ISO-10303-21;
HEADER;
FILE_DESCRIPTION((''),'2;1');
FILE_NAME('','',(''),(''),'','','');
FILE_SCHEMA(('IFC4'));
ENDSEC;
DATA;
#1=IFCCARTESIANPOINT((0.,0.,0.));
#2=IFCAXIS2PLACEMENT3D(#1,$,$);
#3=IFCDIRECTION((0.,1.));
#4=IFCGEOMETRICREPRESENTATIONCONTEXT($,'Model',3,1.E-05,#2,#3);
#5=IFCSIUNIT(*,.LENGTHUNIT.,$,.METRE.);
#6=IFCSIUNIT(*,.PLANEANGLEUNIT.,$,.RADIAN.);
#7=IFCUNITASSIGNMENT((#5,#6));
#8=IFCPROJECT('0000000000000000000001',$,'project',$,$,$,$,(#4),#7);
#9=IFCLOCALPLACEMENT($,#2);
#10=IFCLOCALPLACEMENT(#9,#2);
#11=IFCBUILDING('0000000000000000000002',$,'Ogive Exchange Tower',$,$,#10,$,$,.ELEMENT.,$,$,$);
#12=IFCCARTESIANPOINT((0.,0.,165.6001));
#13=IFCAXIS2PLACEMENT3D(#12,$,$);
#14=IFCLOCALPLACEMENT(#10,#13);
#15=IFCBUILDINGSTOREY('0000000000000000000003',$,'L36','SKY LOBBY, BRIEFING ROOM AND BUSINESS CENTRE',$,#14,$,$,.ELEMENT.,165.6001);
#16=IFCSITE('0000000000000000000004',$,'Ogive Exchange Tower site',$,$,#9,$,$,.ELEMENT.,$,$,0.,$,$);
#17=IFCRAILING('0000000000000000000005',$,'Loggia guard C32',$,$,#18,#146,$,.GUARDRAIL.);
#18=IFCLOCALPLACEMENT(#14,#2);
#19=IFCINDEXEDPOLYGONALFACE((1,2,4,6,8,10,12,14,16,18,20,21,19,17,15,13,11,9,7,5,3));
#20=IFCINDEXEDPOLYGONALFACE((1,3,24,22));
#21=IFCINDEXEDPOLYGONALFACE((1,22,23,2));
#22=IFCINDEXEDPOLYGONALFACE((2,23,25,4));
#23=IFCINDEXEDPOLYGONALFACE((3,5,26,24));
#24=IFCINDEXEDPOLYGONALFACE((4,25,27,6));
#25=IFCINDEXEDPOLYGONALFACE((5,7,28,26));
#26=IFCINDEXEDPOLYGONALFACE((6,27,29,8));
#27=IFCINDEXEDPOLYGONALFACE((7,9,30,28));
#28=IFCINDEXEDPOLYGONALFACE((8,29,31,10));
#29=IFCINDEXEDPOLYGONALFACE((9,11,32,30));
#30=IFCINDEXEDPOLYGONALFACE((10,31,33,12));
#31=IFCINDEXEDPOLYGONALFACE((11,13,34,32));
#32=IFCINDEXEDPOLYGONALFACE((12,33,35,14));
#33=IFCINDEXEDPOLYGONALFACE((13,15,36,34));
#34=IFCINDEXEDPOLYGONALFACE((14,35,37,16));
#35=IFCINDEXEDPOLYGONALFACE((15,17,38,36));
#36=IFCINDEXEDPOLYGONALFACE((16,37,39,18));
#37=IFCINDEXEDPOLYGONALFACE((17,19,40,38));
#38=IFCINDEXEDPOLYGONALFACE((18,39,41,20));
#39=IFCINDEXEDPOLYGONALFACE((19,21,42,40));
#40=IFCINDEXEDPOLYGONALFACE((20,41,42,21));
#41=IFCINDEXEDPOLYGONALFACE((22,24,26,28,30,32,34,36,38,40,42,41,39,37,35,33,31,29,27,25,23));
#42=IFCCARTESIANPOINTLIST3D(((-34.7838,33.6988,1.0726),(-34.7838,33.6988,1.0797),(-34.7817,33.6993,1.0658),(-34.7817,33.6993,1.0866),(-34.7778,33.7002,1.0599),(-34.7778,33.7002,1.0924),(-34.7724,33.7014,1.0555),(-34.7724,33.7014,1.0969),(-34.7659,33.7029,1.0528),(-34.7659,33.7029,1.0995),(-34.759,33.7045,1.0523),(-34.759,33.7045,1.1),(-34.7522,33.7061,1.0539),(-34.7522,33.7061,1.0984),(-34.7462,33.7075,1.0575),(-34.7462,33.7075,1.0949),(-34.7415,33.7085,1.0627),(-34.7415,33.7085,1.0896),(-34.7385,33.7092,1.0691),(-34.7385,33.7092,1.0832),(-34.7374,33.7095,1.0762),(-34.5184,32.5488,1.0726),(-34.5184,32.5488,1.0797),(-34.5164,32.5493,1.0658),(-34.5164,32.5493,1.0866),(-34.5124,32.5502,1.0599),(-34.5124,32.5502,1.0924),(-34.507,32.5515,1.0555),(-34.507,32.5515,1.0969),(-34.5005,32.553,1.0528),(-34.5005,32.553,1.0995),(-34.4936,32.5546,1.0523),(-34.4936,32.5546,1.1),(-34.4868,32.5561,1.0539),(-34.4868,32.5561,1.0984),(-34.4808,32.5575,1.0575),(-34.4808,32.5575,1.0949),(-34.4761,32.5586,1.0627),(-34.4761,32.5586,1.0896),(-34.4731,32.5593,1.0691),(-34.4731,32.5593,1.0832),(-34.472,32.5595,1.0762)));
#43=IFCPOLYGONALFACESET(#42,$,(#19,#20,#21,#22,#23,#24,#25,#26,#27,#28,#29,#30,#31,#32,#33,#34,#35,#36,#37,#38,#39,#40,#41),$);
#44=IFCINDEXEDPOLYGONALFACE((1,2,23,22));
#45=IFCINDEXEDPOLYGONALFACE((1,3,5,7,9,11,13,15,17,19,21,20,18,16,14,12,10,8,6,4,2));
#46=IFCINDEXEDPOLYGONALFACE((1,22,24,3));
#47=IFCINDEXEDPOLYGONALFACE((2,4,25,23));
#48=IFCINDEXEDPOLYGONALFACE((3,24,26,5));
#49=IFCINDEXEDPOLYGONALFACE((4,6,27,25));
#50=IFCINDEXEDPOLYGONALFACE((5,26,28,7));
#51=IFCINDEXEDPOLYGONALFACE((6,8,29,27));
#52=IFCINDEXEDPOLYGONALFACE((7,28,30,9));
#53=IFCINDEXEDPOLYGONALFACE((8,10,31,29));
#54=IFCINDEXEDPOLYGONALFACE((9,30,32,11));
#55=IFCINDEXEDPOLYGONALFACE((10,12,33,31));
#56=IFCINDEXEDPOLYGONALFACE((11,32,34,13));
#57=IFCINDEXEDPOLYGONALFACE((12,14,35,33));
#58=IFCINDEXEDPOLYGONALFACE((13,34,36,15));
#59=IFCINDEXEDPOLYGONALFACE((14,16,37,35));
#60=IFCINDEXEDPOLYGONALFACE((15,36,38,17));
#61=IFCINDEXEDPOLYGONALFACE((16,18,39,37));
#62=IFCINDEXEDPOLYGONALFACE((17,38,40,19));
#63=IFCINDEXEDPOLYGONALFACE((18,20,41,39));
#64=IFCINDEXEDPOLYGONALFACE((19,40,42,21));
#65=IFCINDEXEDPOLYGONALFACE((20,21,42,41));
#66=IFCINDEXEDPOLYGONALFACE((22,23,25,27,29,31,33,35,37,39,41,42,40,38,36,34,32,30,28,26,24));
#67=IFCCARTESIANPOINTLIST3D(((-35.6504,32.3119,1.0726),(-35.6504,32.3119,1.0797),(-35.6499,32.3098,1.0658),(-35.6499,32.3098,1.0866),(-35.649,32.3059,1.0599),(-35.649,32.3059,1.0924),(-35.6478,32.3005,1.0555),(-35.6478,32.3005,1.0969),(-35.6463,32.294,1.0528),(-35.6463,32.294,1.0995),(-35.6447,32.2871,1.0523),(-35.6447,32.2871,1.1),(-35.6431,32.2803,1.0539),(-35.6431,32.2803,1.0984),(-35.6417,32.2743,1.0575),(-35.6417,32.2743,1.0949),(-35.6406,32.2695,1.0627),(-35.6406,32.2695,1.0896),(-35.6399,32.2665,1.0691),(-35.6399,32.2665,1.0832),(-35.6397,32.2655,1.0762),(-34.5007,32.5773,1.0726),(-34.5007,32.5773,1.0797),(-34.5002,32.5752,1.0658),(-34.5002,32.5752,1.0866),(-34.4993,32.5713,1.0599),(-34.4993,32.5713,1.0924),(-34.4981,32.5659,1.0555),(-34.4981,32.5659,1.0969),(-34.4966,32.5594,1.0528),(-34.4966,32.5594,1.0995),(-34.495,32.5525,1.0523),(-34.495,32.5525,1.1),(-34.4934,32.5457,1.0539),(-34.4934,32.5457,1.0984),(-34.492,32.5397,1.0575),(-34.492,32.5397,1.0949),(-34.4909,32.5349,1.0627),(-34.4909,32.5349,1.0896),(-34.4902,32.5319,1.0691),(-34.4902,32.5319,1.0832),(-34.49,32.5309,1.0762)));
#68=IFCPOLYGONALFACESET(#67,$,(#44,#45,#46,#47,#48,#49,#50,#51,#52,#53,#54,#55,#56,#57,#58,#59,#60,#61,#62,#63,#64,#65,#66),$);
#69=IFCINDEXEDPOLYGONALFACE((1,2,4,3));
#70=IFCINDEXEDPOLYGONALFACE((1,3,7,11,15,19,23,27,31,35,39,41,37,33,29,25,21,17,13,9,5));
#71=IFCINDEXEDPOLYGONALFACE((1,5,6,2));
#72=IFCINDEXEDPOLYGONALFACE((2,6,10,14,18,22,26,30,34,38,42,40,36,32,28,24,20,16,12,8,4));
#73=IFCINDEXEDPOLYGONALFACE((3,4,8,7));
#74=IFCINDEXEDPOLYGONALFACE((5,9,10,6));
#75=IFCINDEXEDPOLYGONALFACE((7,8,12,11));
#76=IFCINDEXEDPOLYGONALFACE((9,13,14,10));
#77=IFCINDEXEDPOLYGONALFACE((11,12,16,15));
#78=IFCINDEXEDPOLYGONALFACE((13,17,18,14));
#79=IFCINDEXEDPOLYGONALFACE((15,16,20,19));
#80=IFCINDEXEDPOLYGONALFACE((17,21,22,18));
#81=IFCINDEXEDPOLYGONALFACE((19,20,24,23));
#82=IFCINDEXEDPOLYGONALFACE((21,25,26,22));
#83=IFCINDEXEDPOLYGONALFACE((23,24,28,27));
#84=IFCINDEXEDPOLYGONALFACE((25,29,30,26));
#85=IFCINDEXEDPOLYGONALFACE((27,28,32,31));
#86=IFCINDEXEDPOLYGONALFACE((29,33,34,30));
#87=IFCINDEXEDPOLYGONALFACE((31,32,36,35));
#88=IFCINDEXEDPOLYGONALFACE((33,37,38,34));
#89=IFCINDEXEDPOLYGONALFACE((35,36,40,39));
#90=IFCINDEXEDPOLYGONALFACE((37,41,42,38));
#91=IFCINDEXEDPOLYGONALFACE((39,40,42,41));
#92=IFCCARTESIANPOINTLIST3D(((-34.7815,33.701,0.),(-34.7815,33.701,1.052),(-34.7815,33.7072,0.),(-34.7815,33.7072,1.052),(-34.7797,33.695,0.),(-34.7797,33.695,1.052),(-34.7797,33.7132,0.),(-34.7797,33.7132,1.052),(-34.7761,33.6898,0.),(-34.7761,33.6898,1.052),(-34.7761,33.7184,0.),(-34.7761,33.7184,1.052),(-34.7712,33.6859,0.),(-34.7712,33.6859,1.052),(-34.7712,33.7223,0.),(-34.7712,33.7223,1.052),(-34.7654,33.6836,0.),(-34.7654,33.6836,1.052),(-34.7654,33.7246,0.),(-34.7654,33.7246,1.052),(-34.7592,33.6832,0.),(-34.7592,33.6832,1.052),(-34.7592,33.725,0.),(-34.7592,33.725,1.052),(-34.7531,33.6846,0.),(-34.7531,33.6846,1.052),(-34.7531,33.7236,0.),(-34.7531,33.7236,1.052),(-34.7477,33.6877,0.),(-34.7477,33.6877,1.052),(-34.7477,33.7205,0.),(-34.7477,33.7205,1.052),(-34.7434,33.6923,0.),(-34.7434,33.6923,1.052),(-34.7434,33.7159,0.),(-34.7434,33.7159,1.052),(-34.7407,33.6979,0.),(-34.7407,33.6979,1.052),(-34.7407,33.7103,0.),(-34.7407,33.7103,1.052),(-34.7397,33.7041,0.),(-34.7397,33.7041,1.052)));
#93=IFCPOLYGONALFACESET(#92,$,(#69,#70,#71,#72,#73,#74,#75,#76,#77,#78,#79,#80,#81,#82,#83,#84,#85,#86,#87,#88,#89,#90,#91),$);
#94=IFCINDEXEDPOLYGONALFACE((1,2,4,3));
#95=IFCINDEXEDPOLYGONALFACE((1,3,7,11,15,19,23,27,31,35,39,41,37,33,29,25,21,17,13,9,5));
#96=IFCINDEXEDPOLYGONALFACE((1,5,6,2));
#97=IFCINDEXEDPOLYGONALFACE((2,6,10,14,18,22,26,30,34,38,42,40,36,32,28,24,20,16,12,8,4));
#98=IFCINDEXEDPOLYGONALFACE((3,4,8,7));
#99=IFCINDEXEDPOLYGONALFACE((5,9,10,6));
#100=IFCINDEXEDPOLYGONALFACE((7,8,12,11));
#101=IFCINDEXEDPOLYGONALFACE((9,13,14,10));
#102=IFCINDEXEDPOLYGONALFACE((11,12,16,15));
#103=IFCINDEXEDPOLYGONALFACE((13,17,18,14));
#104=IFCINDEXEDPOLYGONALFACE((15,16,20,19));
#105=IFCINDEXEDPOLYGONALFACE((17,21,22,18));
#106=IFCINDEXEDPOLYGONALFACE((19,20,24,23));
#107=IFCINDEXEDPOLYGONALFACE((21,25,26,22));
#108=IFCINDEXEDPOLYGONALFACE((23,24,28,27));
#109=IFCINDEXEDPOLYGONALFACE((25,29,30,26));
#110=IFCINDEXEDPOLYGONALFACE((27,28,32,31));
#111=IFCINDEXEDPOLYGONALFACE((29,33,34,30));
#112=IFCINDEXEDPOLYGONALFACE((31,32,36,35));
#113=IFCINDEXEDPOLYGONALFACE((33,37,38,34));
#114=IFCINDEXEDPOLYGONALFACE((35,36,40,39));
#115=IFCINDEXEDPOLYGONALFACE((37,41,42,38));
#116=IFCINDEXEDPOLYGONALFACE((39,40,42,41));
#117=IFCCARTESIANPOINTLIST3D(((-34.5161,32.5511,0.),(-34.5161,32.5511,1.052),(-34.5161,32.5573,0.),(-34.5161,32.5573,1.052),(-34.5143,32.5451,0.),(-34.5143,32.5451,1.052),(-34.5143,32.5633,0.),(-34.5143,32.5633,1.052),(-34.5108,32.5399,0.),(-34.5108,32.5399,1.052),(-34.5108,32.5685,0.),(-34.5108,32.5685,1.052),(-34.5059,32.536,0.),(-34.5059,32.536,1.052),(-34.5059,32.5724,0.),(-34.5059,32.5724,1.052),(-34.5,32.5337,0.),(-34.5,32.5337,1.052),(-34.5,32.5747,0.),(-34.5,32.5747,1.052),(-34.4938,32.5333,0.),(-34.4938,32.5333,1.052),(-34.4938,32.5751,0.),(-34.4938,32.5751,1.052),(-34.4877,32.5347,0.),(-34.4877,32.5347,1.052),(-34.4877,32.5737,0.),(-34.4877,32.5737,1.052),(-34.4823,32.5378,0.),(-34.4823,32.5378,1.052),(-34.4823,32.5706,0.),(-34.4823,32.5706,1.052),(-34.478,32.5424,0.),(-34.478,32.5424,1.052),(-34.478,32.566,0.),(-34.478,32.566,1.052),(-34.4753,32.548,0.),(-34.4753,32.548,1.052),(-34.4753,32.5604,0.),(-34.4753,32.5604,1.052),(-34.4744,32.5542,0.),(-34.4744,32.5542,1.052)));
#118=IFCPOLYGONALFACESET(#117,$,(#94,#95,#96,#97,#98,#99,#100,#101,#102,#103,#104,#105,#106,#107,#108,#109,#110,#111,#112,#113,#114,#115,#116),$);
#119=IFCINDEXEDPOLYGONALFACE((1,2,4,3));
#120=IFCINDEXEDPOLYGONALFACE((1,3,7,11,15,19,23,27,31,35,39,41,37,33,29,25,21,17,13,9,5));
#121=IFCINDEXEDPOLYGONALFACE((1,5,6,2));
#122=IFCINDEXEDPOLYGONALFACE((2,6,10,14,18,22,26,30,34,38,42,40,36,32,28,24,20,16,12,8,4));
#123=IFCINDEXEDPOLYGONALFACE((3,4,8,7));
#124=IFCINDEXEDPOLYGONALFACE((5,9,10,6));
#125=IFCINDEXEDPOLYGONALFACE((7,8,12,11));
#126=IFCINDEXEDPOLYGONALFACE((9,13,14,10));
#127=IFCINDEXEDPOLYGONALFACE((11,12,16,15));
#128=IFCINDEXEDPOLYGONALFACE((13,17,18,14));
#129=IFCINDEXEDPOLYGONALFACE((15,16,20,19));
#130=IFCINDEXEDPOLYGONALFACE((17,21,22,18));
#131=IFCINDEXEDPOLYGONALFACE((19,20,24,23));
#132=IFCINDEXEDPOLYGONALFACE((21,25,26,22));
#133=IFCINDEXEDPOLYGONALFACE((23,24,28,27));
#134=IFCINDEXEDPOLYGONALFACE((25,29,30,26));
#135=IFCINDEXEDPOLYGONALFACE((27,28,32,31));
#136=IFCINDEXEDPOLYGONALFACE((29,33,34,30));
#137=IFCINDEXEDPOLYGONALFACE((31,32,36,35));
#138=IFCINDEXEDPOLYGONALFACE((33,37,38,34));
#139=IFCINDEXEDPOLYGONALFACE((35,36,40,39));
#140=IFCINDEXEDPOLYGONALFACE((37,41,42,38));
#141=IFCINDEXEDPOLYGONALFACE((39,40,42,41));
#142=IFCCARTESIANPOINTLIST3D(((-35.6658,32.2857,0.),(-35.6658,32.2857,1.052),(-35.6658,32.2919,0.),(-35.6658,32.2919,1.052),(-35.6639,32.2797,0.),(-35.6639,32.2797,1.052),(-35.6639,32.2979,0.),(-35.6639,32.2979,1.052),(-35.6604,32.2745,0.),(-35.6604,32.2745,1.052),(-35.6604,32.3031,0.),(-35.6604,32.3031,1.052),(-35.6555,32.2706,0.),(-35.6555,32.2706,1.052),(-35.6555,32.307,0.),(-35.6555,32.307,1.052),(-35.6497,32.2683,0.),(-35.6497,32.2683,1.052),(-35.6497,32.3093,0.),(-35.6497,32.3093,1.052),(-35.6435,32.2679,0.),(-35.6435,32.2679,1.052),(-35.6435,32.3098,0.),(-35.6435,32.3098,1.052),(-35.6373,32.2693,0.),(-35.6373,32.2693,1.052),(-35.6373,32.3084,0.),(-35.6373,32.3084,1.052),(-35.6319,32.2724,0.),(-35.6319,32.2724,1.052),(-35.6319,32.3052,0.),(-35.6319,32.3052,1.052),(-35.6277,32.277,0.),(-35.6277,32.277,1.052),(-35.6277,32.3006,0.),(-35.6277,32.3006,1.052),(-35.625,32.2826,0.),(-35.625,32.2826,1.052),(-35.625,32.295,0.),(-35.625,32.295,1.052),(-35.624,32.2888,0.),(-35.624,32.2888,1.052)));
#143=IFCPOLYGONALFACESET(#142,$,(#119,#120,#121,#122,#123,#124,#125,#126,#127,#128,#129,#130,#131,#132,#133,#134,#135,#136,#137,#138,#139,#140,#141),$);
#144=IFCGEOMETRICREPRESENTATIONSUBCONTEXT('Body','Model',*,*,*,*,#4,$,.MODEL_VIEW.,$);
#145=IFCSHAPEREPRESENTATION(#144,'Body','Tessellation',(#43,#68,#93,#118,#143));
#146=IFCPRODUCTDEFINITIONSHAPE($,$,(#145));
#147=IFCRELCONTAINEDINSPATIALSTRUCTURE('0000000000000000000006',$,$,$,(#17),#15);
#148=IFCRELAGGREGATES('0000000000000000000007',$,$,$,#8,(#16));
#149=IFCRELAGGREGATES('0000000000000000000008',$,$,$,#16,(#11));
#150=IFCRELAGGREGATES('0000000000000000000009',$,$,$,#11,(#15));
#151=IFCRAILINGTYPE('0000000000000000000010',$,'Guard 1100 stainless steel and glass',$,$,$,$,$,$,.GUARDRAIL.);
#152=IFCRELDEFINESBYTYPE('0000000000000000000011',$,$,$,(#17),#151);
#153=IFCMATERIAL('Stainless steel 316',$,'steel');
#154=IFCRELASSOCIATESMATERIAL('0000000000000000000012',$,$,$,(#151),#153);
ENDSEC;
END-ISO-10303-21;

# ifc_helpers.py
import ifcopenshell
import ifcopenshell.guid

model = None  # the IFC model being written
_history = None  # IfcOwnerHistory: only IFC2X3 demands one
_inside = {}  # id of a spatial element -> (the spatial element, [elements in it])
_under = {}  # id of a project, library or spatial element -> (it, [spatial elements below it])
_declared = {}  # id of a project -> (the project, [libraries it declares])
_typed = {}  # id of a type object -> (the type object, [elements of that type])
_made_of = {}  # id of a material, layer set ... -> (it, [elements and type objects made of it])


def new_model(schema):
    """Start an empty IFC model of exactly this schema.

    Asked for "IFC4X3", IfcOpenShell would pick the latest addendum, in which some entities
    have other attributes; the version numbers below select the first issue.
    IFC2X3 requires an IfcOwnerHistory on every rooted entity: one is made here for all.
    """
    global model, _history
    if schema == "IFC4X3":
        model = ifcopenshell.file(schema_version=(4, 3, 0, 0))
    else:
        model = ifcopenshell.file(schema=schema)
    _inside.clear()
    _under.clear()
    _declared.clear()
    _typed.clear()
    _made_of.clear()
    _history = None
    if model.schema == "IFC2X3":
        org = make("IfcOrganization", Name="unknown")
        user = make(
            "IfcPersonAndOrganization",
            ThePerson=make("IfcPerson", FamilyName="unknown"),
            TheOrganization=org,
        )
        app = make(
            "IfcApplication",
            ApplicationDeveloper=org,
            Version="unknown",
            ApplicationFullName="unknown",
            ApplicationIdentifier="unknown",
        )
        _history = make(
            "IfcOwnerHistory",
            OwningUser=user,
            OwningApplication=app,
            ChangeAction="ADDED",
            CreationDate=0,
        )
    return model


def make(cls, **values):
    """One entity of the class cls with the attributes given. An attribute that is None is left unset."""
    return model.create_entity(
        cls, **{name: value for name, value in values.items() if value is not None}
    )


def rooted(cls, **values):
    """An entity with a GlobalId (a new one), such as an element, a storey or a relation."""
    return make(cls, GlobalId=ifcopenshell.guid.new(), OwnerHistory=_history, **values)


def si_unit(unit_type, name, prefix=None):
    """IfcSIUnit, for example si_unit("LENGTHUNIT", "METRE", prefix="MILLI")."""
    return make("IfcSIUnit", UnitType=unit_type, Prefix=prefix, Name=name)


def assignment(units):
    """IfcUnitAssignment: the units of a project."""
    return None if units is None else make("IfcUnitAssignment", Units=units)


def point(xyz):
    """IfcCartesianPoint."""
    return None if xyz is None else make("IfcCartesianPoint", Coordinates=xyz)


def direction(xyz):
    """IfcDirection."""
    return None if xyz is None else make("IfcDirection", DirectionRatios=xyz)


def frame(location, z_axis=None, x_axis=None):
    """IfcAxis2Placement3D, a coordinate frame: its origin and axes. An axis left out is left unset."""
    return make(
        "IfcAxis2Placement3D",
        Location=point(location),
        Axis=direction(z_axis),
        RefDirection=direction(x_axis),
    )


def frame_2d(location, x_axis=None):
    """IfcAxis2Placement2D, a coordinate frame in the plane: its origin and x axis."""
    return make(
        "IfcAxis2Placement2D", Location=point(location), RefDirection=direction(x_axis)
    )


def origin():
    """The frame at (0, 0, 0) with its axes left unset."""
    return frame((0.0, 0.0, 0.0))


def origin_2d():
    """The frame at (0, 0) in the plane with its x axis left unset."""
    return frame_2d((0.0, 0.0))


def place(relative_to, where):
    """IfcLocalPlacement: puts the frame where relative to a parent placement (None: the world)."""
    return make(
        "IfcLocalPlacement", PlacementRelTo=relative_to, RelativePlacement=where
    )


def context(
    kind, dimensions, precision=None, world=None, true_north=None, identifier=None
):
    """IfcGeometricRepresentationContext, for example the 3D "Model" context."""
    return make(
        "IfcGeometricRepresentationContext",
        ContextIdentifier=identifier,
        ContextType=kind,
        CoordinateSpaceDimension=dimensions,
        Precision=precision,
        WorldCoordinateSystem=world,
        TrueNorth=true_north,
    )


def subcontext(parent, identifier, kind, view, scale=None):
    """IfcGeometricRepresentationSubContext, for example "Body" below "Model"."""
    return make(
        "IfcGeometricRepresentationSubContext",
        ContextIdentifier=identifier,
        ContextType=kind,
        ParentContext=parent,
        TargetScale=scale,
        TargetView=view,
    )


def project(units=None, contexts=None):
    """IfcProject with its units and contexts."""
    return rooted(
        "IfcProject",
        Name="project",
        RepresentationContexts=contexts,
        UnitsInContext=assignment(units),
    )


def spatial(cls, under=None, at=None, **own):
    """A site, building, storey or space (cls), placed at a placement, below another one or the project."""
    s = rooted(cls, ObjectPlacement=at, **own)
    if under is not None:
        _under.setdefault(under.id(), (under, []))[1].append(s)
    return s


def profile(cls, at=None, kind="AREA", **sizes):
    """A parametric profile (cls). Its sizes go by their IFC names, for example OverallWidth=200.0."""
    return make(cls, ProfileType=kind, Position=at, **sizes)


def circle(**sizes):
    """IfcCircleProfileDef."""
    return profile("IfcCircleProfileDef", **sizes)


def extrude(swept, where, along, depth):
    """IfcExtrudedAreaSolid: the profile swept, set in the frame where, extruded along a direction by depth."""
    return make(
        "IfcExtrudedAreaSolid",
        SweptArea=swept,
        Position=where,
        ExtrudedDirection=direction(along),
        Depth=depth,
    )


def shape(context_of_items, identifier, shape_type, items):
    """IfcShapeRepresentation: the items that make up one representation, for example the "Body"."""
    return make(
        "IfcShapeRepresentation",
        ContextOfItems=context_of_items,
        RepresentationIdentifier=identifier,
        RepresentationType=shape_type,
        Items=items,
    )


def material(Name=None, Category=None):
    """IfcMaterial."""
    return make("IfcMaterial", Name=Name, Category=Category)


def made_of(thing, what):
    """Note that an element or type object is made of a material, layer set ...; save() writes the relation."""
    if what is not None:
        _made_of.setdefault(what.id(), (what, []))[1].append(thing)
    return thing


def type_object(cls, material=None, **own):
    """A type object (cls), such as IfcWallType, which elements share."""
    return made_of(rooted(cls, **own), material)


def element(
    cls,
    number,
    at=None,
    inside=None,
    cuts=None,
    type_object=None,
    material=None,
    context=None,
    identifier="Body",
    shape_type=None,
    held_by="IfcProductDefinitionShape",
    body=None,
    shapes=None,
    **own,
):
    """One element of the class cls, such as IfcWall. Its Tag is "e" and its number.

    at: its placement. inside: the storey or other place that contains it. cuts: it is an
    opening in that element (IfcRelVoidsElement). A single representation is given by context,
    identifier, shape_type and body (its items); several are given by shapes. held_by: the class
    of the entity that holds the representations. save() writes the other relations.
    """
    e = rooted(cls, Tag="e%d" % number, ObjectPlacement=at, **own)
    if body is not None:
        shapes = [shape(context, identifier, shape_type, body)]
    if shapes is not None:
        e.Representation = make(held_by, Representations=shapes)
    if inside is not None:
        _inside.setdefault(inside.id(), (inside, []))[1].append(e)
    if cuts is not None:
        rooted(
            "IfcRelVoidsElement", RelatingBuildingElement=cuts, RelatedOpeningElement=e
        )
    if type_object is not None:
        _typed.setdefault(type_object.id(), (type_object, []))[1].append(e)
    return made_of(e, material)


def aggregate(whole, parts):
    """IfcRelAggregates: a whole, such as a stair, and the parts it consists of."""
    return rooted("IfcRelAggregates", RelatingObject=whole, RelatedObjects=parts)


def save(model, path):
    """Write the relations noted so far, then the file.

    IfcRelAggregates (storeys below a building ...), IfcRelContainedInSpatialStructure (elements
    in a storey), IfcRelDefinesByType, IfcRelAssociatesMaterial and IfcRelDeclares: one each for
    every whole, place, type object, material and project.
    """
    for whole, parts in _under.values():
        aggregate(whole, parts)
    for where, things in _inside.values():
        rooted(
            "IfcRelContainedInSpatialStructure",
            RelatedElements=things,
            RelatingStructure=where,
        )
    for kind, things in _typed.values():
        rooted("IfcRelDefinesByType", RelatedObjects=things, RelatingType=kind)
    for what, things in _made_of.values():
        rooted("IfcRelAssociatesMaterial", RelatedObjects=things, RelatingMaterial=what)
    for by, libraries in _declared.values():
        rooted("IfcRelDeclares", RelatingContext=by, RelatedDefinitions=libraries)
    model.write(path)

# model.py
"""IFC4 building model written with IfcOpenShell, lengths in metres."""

from ifc_helpers import new_model, si_unit, direction, frame, origin, origin_2d, place, context, subcontext, project, spatial, circle, extrude, material, type_object, element, save


model = new_model("IFC4")

# Units and contexts
model_context = context("Model", 3, precision=1e-05, world=origin(), true_north=direction((0.0, 1.0)))
body_context = subcontext(model_context, "Body", "Model", "MODEL_VIEW")
ifc_project = project(units=[si_unit("LENGTHUNIT", "METRE"), si_unit("PLANEANGLEUNIT", "RADIAN")], contexts=[model_context])

# Site, building, storey
site_placement = place(None, origin())
site = spatial("IfcSite", under=ifc_project, at=site_placement, Name="Ogive Exchange Tower site", CompositionType="ELEMENT", RefElevation=0.0)
building_placement = place(site_placement, origin())
building = spatial("IfcBuilding", under=site, at=building_placement, Name="Ogive Exchange Tower", CompositionType="ELEMENT")
storey_placement = place(building_placement, frame((0.0, 0.0, 165.6001)))
storey = spatial("IfcBuildingStorey", under=building, at=storey_placement, Name="L36", Description="SKY LOBBY, BRIEFING ROOM AND BUSINESS CENTRE", CompositionType="ELEMENT", Elevation=165.6001)

# Railing
ifc_material_1 = material(Name="Stainless steel 316", Category="steel")
railing_type_1 = type_object("IfcRailingType", Name="Guard 1100 stainless steel and glass", PredefinedType="GUARDRAIL", material=ifc_material_1)
for number, where, name in (
    (1, (-34.7607, 33.7041, 0.0), "Loggia guard C32"),
):
    element("IfcRailing", number, at=place(storey_placement, frame(where)), inside=storey, type_object=railing_type_1, Name=name, PredefinedType="GUARDRAIL", context=body_context, shape_type="SweptSolid", body=[
        extrude(circle(Radius=0.0239, at=origin_2d()), frame((0.0, 0.0, 1.0762), z_axis=(0.224875, -0.974388, 0.0), x_axis=(0.974388, 0.224875, 0.0)), (0.0, 0.0, 1.0), 1.1802),
        extrude(circle(Radius=0.0239, at=origin_2d()), frame((0.2654, -1.1499, 1.0762), z_axis=(-0.974377, -0.22492, 0.0), x_axis=(0.22492, -0.974377, 0.0)), (0.0, 0.0, 1.0), 1.1799),
        extrude(circle(Radius=0.021, at=origin_2d()), origin(), (0.0, 0.0, 1.0), 1.052),
        extrude(circle(Radius=0.021, at=origin_2d()), frame((0.2654, -1.1499, 0.0)), (0.0, 0.0, 1.0), 1.052),
        extrude(circle(Radius=0.021, at=origin_2d()), frame((-0.8843, -1.4153, 0.0)), (0.0, 0.0, 1.0), 1.052),
    ])

save(model, "model.ifc")
